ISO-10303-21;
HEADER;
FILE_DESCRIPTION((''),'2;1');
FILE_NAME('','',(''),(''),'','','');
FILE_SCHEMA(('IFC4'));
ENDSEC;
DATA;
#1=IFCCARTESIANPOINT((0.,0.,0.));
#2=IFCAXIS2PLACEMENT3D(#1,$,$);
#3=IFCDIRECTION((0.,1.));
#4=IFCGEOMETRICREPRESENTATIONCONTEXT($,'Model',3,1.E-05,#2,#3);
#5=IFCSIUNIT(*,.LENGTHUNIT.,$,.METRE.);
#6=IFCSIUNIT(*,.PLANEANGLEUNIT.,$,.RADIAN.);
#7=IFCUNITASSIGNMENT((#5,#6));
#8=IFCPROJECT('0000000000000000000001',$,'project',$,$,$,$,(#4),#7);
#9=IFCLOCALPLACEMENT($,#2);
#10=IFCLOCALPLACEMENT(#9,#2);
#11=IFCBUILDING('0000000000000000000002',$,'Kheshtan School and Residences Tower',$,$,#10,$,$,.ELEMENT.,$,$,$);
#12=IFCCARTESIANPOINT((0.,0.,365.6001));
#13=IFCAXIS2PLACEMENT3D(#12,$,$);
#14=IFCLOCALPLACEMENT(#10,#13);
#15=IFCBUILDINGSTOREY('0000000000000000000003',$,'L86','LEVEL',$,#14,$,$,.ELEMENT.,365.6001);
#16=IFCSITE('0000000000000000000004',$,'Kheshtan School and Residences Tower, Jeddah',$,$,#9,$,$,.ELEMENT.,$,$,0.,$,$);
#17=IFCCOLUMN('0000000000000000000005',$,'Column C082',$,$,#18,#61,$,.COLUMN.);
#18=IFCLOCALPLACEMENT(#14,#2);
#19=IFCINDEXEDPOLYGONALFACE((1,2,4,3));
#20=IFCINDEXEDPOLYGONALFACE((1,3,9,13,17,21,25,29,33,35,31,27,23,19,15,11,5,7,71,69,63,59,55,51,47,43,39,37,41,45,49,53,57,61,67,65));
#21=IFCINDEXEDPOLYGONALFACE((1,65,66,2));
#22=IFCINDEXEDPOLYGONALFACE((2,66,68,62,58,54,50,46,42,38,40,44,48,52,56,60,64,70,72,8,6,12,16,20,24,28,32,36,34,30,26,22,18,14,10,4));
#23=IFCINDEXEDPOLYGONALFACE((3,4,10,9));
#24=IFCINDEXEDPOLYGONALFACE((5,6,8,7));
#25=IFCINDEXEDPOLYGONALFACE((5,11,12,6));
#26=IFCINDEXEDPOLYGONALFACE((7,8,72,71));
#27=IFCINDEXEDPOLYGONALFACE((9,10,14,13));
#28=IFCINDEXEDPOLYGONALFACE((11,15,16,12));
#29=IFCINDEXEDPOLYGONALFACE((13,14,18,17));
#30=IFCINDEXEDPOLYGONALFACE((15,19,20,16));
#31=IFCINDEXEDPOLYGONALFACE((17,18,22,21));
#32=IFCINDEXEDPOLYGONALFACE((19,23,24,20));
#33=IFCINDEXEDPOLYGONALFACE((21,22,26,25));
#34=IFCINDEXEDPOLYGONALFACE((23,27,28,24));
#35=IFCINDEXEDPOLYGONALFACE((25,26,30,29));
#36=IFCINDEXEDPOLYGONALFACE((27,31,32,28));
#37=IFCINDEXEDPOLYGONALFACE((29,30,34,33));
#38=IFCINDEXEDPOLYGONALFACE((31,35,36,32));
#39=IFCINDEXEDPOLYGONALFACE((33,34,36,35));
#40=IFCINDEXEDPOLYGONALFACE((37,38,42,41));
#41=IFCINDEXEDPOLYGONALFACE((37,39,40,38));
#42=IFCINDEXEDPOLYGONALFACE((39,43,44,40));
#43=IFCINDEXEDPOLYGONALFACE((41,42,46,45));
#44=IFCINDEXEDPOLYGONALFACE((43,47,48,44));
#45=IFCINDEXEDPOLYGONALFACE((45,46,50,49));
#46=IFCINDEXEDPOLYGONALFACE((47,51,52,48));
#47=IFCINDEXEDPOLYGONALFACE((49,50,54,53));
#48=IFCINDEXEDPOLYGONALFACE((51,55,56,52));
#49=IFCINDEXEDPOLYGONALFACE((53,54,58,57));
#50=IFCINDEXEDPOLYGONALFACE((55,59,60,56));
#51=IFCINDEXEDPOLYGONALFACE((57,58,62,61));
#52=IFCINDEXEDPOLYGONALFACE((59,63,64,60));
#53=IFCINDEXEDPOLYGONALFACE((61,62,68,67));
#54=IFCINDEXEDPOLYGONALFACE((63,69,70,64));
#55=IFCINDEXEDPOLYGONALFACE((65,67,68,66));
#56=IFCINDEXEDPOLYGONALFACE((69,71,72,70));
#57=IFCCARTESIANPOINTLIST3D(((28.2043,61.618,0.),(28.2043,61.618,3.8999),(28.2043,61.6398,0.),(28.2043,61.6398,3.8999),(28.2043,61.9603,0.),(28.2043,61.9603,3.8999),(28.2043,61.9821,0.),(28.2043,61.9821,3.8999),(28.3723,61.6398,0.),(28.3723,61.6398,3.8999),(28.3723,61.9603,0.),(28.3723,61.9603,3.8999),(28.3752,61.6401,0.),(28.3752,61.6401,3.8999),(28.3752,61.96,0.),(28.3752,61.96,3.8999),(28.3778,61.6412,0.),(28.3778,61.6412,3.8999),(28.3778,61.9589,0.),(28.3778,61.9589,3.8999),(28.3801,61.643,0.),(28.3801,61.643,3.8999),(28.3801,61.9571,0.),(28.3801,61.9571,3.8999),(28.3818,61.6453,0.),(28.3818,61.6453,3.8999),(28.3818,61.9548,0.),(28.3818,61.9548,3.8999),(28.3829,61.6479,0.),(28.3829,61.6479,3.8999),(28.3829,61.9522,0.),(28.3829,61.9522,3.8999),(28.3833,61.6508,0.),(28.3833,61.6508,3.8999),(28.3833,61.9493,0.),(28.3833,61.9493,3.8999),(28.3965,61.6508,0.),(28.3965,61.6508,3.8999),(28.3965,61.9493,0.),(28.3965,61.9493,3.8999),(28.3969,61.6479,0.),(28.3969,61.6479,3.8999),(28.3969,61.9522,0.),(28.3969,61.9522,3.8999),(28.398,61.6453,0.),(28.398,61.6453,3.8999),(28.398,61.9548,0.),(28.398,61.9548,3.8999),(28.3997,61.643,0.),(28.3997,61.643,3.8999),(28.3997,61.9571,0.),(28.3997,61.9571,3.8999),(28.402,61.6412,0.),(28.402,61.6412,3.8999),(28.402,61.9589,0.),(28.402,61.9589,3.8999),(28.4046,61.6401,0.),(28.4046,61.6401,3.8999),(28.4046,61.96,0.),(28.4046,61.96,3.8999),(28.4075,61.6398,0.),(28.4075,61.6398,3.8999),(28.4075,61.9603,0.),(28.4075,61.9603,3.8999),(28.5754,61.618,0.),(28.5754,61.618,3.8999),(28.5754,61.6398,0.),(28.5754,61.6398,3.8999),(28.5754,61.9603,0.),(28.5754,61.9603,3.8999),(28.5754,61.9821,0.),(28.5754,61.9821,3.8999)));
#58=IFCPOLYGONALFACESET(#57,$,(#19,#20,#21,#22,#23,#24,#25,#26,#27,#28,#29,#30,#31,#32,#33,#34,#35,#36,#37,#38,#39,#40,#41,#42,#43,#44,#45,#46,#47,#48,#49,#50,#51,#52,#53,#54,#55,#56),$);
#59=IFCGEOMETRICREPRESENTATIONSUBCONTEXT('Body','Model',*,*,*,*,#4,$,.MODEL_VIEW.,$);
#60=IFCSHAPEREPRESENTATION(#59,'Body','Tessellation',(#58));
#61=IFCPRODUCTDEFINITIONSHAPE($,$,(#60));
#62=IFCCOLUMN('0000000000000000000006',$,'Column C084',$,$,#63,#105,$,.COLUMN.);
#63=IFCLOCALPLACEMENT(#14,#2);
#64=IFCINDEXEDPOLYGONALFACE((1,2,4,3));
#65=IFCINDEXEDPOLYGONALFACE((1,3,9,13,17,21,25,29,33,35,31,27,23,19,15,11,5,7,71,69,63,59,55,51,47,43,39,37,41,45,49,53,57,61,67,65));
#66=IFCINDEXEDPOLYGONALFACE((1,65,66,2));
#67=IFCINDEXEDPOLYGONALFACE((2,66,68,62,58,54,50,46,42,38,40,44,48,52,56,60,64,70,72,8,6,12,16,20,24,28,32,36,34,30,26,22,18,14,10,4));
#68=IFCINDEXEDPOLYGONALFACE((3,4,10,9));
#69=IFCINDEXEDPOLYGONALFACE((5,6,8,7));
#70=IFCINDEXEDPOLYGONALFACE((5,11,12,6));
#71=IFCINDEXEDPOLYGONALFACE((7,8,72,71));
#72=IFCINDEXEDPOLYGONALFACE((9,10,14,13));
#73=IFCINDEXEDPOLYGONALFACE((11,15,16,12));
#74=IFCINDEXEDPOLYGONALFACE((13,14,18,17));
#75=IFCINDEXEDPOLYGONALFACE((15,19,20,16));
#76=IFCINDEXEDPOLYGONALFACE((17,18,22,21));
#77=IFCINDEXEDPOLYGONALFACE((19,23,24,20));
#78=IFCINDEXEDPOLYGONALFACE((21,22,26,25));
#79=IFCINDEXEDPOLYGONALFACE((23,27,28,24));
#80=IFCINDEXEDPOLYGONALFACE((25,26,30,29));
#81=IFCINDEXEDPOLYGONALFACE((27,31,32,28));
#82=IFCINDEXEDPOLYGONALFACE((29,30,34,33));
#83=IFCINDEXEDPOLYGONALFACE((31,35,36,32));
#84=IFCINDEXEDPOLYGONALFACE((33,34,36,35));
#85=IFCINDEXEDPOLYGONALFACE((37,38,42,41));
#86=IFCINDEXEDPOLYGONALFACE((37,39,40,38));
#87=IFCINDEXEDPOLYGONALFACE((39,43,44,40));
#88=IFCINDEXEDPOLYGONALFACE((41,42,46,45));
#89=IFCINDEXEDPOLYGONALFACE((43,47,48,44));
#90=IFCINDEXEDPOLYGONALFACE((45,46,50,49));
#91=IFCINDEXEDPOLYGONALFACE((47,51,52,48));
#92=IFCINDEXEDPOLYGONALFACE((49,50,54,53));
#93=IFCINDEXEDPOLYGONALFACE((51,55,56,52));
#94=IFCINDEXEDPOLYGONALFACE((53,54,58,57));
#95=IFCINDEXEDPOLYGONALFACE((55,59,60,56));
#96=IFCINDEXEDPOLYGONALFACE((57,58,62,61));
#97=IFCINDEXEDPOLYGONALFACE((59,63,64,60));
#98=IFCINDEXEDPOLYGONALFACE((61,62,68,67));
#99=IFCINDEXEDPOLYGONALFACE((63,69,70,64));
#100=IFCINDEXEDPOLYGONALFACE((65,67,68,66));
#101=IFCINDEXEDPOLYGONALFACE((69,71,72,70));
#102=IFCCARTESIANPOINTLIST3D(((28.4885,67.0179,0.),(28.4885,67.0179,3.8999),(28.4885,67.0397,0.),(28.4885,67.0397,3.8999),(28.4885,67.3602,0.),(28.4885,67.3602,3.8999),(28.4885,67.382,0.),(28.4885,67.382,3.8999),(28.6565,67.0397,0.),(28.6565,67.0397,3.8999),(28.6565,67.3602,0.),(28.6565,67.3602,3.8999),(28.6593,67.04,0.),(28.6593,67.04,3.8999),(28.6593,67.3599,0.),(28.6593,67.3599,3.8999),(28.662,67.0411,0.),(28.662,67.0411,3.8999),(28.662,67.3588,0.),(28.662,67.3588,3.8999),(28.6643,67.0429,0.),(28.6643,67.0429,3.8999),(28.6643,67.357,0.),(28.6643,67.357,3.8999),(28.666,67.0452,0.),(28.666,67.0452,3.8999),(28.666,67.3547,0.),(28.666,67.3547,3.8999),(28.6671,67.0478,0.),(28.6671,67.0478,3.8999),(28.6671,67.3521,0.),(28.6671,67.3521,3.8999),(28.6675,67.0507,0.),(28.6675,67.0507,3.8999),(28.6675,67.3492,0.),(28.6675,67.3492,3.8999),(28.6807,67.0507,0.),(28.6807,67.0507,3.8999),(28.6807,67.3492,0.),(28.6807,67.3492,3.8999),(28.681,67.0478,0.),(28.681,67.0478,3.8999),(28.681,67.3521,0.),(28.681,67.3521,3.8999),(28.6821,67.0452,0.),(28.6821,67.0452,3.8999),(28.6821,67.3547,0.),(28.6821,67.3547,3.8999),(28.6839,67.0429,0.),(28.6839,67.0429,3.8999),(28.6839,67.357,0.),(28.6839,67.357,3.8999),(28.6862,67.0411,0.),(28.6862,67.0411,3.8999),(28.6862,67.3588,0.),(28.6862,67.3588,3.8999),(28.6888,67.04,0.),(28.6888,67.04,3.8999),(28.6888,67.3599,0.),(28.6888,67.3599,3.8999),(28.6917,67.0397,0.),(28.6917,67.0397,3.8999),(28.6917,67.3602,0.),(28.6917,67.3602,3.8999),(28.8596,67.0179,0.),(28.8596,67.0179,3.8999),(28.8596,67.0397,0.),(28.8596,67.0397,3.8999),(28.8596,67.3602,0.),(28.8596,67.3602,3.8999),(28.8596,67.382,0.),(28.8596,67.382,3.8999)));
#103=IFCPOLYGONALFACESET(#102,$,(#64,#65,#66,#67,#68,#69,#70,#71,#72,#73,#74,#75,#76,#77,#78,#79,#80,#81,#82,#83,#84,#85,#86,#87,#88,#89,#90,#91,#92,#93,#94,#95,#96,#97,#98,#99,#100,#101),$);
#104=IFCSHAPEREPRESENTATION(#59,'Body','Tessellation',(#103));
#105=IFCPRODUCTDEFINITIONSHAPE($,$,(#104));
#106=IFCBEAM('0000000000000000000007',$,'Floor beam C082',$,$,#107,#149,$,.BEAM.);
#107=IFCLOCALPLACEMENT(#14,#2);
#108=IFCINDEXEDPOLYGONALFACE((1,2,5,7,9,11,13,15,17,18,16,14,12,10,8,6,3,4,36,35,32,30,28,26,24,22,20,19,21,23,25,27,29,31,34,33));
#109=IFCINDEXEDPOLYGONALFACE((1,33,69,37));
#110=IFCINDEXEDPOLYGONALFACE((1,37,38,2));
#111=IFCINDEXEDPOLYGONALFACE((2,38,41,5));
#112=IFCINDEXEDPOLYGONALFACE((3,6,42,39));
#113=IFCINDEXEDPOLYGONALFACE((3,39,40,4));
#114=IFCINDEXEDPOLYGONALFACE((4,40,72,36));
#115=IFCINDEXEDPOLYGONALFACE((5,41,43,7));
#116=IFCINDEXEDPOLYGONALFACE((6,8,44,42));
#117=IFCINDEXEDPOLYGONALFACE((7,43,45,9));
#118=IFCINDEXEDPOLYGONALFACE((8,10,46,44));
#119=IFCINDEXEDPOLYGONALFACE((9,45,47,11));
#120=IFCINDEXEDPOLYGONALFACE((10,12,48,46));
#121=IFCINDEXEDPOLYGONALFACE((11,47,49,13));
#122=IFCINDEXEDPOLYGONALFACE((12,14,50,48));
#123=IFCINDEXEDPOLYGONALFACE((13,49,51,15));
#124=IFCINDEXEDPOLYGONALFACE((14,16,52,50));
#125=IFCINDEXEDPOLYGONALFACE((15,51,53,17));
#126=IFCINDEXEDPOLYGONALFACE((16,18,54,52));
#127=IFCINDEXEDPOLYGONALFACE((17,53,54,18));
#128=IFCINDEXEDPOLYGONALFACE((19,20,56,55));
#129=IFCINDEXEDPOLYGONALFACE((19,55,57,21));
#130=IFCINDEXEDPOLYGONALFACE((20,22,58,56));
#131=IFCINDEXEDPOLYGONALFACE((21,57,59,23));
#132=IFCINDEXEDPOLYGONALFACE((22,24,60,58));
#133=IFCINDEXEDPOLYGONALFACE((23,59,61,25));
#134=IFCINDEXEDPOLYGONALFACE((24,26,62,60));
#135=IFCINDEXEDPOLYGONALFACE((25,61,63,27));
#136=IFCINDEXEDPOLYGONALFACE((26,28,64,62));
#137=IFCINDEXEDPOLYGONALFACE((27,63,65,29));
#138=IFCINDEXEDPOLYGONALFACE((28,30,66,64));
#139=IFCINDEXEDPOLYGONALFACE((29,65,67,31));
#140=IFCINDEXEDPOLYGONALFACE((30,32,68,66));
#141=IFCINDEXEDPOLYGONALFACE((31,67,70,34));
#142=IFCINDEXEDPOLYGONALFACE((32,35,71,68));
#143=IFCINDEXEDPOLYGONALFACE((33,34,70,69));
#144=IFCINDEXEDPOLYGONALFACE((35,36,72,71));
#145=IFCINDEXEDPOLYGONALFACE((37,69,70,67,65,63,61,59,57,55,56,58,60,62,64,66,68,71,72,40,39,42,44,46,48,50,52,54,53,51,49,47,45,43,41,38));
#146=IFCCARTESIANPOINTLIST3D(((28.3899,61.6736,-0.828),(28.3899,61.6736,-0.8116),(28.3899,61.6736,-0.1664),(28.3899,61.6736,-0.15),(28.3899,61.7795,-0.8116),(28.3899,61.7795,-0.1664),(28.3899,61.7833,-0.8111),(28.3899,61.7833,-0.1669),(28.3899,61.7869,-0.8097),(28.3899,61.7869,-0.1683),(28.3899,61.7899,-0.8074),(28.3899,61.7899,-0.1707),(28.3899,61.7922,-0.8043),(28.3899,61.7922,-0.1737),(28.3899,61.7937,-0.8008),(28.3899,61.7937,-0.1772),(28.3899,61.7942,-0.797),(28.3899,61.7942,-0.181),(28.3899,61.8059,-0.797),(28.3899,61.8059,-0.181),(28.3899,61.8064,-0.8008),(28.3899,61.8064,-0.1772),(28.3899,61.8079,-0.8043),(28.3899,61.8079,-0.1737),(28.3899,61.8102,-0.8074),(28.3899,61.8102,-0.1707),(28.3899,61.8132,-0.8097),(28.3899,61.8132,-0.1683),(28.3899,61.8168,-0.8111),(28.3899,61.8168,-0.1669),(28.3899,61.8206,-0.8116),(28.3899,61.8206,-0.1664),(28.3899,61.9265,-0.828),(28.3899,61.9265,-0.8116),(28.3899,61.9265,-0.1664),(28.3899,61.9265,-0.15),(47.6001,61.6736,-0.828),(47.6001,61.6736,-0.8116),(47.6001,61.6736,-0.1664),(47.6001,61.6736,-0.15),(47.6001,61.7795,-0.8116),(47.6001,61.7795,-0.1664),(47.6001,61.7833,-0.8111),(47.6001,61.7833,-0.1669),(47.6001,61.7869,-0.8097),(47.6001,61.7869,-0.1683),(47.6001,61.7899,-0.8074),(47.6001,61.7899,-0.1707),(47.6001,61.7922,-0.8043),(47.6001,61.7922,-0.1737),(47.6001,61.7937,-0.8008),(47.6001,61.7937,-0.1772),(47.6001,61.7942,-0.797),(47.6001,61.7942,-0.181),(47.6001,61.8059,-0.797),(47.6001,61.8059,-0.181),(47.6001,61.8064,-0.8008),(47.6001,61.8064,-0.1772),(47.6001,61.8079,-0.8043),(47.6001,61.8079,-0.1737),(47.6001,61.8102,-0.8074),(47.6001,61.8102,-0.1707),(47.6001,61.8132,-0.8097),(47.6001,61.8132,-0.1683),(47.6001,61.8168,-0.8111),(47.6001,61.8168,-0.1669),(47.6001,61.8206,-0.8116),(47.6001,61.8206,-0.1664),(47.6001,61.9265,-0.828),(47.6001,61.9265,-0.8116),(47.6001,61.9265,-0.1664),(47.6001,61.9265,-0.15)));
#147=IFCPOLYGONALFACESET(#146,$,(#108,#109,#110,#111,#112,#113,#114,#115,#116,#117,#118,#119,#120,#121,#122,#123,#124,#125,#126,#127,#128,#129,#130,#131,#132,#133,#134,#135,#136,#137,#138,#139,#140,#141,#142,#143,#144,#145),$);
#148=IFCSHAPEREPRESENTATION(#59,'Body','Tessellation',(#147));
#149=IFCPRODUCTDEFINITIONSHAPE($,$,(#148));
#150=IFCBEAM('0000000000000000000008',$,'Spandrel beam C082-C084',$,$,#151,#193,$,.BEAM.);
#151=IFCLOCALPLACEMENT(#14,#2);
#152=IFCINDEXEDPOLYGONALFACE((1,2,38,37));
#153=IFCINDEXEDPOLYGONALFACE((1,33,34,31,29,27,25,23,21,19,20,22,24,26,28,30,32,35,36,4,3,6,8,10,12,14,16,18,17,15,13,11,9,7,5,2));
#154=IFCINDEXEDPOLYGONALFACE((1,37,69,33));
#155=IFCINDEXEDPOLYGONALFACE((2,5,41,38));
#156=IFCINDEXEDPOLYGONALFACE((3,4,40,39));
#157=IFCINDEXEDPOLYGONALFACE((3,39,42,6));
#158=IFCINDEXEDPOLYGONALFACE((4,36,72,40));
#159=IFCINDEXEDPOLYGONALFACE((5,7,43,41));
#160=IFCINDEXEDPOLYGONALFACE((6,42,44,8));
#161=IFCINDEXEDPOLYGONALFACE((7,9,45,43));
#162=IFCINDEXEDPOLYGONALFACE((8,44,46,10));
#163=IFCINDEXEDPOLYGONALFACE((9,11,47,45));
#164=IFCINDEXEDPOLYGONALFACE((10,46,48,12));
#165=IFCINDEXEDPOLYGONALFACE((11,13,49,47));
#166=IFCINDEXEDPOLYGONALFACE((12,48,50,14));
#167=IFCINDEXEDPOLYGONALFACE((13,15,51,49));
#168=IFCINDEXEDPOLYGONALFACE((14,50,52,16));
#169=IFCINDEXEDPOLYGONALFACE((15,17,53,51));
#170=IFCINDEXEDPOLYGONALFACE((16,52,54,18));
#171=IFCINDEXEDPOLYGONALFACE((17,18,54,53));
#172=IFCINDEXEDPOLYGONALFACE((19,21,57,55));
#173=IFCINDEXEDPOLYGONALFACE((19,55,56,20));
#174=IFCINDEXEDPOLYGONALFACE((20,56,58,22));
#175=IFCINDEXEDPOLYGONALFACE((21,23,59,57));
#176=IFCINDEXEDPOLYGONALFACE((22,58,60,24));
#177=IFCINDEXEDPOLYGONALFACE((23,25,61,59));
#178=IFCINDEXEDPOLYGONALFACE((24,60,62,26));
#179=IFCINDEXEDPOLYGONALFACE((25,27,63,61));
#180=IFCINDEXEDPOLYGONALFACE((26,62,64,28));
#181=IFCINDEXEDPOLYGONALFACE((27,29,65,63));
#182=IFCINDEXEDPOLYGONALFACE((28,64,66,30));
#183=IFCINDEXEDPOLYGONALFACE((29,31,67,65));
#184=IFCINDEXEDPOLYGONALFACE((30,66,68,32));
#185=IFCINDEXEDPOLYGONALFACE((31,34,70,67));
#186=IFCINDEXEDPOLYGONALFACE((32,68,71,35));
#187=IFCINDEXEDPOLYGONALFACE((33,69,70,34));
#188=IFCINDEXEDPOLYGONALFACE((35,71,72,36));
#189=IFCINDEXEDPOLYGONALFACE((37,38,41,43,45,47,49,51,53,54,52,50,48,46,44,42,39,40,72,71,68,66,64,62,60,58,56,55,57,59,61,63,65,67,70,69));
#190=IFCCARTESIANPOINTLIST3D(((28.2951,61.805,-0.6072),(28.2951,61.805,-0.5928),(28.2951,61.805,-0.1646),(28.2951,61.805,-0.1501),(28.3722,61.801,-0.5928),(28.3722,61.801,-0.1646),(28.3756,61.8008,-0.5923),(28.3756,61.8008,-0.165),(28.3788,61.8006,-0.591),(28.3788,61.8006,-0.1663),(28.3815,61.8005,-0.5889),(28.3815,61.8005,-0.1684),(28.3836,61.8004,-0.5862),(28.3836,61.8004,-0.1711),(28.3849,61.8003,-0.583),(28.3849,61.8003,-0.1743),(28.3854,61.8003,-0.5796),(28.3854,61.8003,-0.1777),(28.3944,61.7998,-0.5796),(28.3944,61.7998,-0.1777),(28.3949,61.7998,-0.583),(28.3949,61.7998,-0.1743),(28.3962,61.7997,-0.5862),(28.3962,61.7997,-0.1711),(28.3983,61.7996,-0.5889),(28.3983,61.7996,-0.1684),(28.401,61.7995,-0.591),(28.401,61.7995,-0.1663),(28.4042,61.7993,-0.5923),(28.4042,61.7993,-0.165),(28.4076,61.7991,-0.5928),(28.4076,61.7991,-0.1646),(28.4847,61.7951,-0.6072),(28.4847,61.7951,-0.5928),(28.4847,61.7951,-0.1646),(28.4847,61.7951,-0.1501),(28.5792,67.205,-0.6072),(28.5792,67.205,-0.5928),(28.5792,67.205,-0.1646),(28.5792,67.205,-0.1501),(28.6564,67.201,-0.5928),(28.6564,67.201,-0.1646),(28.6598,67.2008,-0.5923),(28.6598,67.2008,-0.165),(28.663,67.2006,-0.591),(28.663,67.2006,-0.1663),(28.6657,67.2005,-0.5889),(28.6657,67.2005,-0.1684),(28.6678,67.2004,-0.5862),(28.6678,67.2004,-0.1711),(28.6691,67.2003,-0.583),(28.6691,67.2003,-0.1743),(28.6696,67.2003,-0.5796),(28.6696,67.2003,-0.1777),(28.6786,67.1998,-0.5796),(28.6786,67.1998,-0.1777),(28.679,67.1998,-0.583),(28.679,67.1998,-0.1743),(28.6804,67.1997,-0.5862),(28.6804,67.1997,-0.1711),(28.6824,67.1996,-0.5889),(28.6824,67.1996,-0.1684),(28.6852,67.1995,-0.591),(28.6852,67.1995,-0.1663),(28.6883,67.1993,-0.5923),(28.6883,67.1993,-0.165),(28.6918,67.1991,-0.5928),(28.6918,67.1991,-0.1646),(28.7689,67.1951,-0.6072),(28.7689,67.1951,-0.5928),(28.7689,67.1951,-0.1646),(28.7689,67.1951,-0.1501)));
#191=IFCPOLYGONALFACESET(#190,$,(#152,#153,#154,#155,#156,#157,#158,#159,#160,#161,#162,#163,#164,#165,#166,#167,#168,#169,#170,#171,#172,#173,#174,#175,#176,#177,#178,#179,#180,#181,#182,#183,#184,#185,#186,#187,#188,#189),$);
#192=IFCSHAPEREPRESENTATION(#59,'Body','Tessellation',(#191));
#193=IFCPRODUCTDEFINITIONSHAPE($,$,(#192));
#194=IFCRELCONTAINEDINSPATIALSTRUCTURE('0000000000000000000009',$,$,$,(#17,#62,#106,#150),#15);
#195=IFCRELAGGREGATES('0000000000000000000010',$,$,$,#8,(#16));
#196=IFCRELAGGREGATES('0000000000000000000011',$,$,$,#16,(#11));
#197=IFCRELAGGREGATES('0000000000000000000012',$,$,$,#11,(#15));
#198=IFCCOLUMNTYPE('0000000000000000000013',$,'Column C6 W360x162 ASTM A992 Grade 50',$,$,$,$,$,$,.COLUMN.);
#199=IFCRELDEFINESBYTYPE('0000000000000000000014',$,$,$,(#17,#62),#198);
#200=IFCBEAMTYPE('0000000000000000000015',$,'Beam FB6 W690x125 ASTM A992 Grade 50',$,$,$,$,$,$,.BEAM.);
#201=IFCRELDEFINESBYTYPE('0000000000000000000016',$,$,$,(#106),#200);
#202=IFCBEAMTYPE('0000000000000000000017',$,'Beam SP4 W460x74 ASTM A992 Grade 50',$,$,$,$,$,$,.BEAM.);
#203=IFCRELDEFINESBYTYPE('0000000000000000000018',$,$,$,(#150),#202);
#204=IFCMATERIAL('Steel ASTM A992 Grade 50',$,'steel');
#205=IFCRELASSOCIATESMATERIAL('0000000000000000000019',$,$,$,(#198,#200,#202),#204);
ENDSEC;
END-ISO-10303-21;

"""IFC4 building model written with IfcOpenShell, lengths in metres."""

from ifc_helpers import new_model, si_unit, direction, frame, origin, origin_2d, place, context, subcontext, project, spatial, i_section, extrude, material, material_profile, profile_set, type_object, element, save


model = new_model("IFC4")

# Units and contexts
model_context = context("Model", 3, precision=1e-05, world=origin(), true_north=direction((0.0, 1.0)))
body_context = subcontext(model_context, "Body", "Model", "MODEL_VIEW")
ifc_project = project(units=[si_unit("LENGTHUNIT", "METRE"), si_unit("PLANEANGLEUNIT", "RADIAN")], contexts=[model_context])

# Site, building, storey
site_placement = place(None, origin())
site = spatial("IfcSite", under=ifc_project, at=site_placement, Name="Kheshtan School and Residences Tower, Jeddah", CompositionType="ELEMENT", RefElevation=0.0)
building_placement = place(site_placement, origin())
building = spatial("IfcBuilding", under=site, at=building_placement, Name="Kheshtan School and Residences Tower", CompositionType="ELEMENT")
storey_placement = place(building_placement, frame((0.0, 0.0, 365.6001)))
storey = spatial("IfcBuildingStorey", under=building, at=storey_placement, Name="L86", Description="LEVEL", CompositionType="ELEMENT", Elevation=365.6001)

# Columns
ifc_material_1 = material(Name="Steel ASTM A992 Grade 50", Category="steel")
ifc_material_profile_1 = material_profile(ifc_material_1, i_section(OverallWidth=0.3711, OverallDepth=0.364, WebThickness=0.0132, FlangeThickness=0.0217, FilletRadius=0.011, at=origin_2d()), Name="W360x162")
ifc_profile_set_1 = profile_set([ifc_material_profile_1], Name="Steel ASTM A992 Grade 50")
column_type = type_object("IfcColumnType", Name="Column C6 W360x162 ASTM A992 Grade 50", PredefinedType="COLUMN", material=ifc_profile_set_1)
for number, where, z_axis, x_axis, name in (
    (1, (28.3899, 61.8, 0.0), (0.0, 0.0, 1.0), (1.0, 0.0, 0.0), "Column C082"),
    (2, (28.6741, 67.2, 0.0), (0.0, 0.0, 1.0), (1.0, 0.0, 0.0), "Column C084"),
):
    element("IfcColumn", number, at=place(storey_placement, frame(where, z_axis=z_axis, x_axis=x_axis)), inside=storey, type_object=column_type, Name=name, PredefinedType="COLUMN", context=body_context, shape_type="SweptSolid", body=[
        extrude(i_section(OverallWidth=0.3711, OverallDepth=0.364, WebThickness=0.0132, FlangeThickness=0.0217, FilletRadius=0.011, at=origin_2d()), origin(), (0.0, 0.0, 1.0), 3.8999),
    ])

# Beams
ifc_material_profile_2 = material_profile(ifc_material_1, i_section(OverallWidth=0.2529, OverallDepth=0.678, WebThickness=0.0117, FlangeThickness=0.0164, FilletRadius=0.0146, at=origin_2d()), Name="W690x125")
ifc_profile_set_2 = profile_set([ifc_material_profile_2], Name="Steel ASTM A992 Grade 50")
beam_type_1 = type_object("IfcBeamType", Name="Beam FB6 W690x125 ASTM A992 Grade 50", PredefinedType="BEAM", material=ifc_profile_set_2)
beam_1_placement = place(storey_placement, frame((28.3899, 61.8, -0.489), z_axis=(1.0, 0.0, 0.0), x_axis=(0.0, 1.0, 0.0)))
element("IfcBeam", 3, at=beam_1_placement, inside=storey, type_object=beam_type_1, Name="Floor beam C082", PredefinedType="BEAM", context=body_context, shape_type="SweptSolid", body=[
    extrude(i_section(OverallWidth=0.2529, OverallDepth=0.678, WebThickness=0.0117, FlangeThickness=0.0164, FilletRadius=0.0146, at=origin_2d()), origin(), (0.0, 0.0, 1.0), 19.2102),
])
ifc_material_profile_3 = material_profile(ifc_material_1, i_section(OverallWidth=0.1899, OverallDepth=0.457, WebThickness=0.009, FlangeThickness=0.0144, FilletRadius=0.0132, at=origin_2d()), Name="W460x74")
ifc_profile_set_3 = profile_set([ifc_material_profile_3], Name="Steel ASTM A992 Grade 50")
beam_type_2 = type_object("IfcBeamType", Name="Beam SP4 W460x74 ASTM A992 Grade 50", PredefinedType="BEAM", material=ifc_profile_set_3)
beam_2_placement = place(storey_placement, frame((28.3899, 61.8, -0.3787), z_axis=(0.052554, 0.998618, 0.0), x_axis=(-0.998618, 0.052554, 0.0)))
element("IfcBeam", 4, at=beam_2_placement, inside=storey, type_object=beam_type_2, Name="Spandrel beam C082-C084", PredefinedType="BEAM", context=body_context, shape_type="SweptSolid", body=[
    extrude(i_section(OverallWidth=0.1899, OverallDepth=0.457, WebThickness=0.009, FlangeThickness=0.0144, FilletRadius=0.0132, at=origin_2d()), origin(), (0.0, 0.0, 1.0), 5.4075),
])

save(model, "model.ifc")
